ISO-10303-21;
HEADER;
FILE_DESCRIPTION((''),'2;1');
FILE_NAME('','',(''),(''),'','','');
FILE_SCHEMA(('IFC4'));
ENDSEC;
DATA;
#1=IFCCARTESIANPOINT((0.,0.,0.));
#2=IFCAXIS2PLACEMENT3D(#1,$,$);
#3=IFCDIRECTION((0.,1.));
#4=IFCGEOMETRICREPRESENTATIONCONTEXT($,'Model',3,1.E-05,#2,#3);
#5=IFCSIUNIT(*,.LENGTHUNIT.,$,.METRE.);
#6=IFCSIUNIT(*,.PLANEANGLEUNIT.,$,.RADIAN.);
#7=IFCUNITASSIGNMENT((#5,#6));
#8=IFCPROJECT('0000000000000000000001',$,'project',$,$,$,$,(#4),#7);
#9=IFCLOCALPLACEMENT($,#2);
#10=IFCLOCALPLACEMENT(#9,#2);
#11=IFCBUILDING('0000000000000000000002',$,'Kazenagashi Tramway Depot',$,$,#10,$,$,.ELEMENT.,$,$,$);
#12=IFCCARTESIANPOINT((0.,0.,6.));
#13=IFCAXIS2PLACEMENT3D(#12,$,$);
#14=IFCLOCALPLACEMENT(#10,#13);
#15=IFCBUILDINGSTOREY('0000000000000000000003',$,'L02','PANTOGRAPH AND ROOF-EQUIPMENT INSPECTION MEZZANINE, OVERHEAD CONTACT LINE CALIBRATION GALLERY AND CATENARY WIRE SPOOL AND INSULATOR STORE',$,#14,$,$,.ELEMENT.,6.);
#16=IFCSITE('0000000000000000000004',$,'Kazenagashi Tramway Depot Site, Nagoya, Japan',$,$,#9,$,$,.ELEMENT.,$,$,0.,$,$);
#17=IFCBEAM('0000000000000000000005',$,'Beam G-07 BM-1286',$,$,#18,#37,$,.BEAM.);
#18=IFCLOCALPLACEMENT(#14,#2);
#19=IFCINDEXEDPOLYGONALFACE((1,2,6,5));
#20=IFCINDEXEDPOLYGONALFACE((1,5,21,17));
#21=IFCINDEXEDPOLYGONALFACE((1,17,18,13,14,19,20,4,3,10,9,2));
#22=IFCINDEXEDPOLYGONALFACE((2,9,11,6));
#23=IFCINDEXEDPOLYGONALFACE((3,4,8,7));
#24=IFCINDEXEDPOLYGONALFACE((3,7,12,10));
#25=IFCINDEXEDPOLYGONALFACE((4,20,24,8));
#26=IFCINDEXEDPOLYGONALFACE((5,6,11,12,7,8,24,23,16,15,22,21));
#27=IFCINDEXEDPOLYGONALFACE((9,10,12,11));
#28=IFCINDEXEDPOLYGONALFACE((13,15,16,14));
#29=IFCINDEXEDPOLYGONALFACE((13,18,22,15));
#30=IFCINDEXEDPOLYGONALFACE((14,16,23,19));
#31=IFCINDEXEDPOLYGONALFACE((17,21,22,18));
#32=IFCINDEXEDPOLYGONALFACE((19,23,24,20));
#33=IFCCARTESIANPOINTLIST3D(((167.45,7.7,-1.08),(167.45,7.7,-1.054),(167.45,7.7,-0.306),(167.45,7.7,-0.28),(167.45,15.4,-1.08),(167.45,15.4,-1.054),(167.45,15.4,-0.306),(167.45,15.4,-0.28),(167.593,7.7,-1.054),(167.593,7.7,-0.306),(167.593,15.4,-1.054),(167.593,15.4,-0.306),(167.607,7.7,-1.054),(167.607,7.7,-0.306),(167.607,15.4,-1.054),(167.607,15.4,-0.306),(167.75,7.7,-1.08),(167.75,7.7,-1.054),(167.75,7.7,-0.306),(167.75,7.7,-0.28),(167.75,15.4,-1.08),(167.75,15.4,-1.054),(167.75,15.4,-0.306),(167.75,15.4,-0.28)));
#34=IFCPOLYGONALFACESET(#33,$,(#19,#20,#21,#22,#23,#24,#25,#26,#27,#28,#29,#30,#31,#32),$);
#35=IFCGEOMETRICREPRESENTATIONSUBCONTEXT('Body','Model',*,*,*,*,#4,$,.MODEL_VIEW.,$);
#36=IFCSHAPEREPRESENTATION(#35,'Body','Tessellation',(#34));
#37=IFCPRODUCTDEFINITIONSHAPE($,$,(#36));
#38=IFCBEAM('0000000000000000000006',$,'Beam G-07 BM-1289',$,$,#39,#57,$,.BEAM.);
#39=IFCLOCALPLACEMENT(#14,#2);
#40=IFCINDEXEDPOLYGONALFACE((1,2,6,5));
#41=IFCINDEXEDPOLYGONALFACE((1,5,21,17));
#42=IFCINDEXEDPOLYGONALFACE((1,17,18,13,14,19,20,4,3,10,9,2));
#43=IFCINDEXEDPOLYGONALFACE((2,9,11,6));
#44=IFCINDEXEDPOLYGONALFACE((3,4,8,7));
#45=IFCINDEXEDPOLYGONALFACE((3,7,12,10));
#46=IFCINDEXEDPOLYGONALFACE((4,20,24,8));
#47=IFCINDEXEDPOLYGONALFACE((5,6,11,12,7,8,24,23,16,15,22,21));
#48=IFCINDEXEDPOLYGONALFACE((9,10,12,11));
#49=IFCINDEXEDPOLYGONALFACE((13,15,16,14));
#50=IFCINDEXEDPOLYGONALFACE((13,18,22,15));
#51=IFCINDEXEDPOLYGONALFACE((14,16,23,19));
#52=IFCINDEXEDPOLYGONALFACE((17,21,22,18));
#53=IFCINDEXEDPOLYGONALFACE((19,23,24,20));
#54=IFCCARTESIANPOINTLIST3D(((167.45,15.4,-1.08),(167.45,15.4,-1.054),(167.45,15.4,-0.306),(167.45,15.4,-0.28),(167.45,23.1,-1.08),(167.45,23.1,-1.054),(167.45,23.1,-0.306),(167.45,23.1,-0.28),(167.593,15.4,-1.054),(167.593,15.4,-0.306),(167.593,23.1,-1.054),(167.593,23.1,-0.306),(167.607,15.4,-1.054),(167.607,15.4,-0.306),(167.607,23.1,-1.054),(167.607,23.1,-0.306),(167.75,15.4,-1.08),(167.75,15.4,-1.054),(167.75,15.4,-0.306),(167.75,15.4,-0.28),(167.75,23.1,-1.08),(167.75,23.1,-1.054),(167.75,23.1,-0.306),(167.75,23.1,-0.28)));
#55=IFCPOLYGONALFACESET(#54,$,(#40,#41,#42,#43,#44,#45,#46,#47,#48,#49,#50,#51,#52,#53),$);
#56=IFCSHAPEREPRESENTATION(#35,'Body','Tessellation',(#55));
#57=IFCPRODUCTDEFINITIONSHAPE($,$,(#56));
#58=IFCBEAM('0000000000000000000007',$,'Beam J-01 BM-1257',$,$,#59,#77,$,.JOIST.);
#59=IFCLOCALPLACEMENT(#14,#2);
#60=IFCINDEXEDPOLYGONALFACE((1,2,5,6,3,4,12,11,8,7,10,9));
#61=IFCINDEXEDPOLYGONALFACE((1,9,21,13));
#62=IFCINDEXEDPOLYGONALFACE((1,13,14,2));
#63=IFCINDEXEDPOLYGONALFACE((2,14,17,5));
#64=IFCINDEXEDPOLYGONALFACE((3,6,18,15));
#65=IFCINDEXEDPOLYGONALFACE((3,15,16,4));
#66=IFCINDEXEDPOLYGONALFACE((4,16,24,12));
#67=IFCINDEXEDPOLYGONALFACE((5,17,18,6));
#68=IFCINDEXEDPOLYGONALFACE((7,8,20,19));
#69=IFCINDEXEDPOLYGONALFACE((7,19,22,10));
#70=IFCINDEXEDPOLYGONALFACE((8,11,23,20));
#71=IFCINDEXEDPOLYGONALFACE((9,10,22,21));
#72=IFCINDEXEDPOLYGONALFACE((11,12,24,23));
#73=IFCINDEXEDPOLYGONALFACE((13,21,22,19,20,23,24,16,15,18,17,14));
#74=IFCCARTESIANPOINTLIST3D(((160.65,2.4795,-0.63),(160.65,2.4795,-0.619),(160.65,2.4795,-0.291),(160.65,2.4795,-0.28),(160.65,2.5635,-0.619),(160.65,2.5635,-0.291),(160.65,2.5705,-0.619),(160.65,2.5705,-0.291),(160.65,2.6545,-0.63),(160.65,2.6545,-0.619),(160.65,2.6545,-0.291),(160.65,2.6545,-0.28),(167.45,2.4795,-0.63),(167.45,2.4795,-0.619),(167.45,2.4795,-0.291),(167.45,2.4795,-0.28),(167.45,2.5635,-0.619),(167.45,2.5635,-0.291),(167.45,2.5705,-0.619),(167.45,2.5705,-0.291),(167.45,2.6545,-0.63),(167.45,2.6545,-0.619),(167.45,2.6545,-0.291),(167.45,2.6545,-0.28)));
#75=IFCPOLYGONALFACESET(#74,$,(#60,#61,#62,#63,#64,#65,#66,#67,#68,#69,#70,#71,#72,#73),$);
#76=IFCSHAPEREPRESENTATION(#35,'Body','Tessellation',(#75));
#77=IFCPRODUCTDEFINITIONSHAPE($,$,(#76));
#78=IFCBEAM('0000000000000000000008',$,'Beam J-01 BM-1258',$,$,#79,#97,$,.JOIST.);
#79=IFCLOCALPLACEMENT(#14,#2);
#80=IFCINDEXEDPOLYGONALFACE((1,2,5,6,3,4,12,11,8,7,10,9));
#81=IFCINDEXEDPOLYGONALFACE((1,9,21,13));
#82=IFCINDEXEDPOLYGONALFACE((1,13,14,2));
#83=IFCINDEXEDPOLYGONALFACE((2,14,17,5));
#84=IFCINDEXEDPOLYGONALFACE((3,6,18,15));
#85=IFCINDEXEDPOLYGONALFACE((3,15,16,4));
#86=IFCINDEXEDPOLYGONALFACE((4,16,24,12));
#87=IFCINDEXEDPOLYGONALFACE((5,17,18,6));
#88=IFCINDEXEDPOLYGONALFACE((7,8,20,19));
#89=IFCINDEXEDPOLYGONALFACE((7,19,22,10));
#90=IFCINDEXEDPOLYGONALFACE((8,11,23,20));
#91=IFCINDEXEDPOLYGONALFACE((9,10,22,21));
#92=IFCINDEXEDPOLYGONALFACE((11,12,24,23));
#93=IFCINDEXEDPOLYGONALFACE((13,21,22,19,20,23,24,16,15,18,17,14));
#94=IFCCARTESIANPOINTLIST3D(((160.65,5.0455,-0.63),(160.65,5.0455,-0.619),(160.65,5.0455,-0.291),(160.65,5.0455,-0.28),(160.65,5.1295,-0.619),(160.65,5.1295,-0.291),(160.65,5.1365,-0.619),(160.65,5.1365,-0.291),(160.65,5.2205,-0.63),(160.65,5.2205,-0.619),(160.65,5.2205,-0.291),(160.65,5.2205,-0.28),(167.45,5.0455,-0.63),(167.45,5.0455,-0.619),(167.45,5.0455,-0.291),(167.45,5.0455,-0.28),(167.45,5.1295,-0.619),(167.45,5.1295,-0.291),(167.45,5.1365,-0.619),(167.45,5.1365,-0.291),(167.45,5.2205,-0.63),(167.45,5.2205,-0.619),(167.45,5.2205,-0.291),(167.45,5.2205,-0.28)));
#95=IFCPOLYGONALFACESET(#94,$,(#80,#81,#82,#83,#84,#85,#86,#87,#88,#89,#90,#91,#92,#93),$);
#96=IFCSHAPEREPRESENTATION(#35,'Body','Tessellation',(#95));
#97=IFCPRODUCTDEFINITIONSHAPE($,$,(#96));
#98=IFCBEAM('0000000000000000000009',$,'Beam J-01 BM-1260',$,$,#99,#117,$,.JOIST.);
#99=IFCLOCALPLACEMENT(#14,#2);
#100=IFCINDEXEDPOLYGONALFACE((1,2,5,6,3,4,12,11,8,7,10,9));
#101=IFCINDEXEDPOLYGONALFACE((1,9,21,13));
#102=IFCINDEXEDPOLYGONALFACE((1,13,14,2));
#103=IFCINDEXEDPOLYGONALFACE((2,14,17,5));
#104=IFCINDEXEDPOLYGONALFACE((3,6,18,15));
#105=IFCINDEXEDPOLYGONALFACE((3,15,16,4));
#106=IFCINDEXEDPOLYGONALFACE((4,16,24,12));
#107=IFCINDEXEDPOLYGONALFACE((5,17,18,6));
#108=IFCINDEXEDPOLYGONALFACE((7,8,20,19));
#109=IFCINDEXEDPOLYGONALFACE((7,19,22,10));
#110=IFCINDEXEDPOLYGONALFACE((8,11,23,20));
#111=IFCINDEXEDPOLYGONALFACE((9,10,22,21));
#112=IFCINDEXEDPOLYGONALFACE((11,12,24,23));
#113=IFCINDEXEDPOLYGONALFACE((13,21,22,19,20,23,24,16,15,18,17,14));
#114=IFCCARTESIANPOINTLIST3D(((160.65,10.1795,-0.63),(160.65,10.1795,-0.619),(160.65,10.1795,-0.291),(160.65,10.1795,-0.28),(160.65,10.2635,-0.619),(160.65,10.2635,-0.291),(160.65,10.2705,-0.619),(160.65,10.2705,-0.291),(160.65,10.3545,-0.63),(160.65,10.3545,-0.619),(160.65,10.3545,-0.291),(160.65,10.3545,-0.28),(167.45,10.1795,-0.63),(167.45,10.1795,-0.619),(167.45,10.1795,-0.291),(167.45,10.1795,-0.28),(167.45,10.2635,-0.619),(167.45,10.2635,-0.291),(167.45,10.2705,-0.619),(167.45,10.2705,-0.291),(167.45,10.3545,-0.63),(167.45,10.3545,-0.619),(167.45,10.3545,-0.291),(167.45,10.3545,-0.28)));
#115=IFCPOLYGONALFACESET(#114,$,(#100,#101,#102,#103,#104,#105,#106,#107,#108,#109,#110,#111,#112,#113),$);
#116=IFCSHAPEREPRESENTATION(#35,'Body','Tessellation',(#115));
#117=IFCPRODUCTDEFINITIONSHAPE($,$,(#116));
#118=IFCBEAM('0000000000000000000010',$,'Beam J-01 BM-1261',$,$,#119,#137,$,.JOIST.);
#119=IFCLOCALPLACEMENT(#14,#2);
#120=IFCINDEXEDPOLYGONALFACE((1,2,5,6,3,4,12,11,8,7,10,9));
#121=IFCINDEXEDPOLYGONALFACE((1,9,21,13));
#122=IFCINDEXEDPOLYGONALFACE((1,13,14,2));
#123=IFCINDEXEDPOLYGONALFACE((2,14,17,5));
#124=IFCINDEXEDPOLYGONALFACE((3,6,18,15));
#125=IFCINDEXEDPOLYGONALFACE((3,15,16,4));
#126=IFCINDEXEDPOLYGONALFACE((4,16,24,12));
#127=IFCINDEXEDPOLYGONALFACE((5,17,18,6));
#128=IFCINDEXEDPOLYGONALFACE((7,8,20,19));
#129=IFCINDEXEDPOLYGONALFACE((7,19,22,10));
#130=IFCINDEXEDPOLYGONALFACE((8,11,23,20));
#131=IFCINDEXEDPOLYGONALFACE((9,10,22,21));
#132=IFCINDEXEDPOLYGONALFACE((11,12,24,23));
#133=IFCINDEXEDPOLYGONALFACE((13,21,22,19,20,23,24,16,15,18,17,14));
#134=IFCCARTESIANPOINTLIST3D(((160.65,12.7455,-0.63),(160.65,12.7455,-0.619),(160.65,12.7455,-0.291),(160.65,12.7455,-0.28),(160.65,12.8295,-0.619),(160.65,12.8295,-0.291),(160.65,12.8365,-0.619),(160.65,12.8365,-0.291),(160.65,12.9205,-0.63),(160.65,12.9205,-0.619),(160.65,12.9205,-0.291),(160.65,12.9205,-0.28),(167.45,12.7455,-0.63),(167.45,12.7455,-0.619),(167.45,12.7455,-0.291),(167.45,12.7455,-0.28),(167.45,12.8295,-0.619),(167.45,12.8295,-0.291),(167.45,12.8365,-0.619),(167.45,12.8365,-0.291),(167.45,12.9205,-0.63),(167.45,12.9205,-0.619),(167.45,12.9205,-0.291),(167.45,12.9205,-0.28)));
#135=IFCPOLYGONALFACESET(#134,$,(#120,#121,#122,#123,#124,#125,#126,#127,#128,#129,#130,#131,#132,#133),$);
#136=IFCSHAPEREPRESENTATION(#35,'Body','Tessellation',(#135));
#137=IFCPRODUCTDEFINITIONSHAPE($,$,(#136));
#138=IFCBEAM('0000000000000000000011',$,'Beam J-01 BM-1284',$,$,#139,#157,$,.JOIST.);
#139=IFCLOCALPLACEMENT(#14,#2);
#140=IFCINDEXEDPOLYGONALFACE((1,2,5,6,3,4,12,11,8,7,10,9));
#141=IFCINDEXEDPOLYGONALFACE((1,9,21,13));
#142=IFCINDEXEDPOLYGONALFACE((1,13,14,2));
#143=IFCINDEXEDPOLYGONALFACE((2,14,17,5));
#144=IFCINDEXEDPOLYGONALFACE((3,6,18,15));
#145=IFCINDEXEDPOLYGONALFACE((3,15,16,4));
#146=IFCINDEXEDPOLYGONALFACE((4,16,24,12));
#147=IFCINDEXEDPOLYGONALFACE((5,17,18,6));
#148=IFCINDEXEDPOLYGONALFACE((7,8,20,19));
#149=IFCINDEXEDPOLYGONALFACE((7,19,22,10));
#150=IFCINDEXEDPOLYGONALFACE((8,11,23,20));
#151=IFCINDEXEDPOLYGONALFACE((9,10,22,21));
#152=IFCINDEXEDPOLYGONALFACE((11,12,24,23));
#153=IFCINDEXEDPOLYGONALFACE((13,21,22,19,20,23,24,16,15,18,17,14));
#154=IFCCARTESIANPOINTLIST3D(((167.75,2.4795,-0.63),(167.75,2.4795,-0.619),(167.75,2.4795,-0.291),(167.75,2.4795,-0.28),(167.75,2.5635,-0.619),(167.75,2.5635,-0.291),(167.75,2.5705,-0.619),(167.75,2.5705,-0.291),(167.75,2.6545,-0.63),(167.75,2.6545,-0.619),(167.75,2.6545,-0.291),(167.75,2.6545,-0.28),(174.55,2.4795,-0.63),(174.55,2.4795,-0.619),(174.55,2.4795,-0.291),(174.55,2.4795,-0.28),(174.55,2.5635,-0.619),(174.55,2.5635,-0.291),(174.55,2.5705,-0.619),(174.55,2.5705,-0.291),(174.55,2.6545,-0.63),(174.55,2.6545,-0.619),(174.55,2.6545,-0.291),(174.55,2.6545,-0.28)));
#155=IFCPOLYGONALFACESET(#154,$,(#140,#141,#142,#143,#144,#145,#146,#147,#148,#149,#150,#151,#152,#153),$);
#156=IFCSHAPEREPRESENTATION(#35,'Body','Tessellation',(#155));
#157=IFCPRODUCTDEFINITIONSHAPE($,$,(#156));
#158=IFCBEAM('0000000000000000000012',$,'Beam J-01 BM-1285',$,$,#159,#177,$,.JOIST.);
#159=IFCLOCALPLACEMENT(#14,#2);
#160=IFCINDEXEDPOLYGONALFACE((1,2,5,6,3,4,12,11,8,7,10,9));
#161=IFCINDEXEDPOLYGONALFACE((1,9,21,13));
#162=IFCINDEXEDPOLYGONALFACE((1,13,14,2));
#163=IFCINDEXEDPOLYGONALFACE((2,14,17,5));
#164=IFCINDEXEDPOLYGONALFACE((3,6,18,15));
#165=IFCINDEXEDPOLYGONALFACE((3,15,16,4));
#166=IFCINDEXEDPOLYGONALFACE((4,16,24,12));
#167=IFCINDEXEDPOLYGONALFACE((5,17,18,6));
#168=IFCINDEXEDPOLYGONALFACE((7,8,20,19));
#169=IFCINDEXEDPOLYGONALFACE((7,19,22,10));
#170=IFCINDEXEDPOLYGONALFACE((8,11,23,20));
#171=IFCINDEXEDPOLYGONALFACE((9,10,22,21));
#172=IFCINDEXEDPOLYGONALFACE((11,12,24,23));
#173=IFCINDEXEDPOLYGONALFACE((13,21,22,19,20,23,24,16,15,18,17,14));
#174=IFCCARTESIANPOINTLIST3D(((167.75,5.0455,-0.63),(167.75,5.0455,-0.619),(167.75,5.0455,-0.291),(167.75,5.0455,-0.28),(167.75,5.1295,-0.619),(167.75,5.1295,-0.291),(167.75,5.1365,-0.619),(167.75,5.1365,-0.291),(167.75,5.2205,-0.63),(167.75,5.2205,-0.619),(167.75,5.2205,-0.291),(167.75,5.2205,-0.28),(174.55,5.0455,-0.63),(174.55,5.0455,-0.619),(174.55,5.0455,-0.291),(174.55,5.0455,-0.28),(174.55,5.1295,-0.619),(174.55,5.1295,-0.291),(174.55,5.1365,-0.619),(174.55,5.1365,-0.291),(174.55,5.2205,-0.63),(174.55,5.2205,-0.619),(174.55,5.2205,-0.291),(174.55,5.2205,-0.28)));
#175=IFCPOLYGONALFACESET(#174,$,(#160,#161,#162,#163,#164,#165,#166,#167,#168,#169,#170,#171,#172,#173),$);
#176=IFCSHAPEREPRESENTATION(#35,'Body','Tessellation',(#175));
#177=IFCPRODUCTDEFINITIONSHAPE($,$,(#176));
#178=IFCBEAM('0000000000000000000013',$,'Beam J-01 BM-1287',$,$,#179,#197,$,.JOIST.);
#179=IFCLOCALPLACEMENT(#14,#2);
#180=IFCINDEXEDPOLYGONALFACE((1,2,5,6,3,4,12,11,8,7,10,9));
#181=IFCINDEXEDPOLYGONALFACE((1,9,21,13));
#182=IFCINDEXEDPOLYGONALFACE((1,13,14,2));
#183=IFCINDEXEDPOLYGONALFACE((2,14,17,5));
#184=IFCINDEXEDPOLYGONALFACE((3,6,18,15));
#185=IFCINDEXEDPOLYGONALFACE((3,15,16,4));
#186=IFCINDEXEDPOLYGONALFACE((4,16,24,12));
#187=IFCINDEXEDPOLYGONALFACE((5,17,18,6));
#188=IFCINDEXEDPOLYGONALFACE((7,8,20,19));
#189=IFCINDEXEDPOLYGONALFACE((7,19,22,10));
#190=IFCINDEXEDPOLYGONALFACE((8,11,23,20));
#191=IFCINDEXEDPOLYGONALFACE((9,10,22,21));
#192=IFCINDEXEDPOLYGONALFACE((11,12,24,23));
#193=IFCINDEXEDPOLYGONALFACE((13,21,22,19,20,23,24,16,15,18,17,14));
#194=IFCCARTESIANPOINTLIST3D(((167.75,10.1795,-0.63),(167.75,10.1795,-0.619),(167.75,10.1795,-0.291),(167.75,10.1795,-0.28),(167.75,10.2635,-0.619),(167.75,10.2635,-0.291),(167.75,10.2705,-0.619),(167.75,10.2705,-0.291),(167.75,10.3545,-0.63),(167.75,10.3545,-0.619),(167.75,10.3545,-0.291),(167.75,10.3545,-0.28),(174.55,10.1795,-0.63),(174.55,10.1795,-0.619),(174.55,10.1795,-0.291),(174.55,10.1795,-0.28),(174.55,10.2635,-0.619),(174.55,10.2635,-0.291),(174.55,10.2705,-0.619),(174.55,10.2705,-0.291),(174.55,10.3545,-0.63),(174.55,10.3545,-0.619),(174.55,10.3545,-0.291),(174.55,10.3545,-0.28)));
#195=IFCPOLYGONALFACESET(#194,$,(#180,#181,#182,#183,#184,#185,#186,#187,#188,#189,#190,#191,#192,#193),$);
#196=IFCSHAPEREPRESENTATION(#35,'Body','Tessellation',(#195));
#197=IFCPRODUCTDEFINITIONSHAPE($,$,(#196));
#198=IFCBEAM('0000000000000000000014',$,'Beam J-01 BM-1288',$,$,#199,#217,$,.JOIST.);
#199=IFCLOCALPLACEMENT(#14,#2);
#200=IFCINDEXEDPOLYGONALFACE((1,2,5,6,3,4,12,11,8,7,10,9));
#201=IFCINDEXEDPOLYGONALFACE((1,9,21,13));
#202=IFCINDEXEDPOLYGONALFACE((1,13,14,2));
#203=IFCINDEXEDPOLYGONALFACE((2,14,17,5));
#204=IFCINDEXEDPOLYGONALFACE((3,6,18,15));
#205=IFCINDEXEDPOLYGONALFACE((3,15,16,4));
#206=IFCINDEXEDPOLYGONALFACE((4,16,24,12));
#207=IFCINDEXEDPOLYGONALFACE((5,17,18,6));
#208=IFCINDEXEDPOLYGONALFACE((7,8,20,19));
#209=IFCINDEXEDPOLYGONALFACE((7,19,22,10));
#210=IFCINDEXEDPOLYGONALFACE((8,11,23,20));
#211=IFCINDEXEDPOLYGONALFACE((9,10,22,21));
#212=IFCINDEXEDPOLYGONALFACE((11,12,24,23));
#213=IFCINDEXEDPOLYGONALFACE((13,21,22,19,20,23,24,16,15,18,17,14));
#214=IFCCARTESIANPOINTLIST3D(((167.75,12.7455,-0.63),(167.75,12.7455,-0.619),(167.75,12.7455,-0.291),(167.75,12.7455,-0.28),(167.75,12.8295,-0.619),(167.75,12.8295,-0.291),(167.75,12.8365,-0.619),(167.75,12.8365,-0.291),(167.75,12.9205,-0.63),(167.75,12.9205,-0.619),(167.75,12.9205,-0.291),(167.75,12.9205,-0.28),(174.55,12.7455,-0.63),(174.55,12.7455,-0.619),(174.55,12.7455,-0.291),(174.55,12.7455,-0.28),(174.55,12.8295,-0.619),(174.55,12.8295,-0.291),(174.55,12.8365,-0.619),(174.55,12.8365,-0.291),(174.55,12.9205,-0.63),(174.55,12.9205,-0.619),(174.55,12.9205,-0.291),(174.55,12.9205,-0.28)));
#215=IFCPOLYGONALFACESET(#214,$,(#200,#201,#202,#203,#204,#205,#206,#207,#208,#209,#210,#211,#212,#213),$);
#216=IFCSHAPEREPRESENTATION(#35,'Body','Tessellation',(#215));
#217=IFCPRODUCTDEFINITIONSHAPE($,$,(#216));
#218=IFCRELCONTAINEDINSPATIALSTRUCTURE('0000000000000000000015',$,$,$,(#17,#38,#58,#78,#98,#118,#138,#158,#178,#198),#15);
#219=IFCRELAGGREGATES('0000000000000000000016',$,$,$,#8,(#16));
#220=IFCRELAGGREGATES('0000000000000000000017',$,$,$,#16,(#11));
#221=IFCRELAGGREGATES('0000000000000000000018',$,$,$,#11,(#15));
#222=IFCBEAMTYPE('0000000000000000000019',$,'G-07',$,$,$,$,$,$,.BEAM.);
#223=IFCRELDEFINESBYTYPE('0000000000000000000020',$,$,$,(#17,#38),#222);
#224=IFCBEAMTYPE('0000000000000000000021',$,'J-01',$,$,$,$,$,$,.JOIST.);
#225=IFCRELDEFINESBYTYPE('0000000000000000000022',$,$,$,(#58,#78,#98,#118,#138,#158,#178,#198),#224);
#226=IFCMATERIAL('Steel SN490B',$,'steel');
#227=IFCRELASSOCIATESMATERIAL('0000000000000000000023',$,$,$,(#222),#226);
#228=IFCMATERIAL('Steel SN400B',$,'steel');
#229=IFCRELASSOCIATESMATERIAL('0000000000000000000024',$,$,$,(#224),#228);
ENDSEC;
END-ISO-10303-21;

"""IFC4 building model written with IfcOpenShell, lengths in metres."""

from ifc_helpers import new_model, si_unit, direction, frame, origin, origin_2d, place, context, subcontext, project, spatial, i_section, extrude, material, material_profile, profile_set, type_object, element, save


model = new_model("IFC4")

# Units and contexts
model_context = context("Model", 3, precision=1e-05, world=origin(), true_north=direction((0.0, 1.0)))
body_context = subcontext(model_context, "Body", "Model", "MODEL_VIEW")
ifc_project = project(units=[si_unit("LENGTHUNIT", "METRE"), si_unit("PLANEANGLEUNIT", "RADIAN")], contexts=[model_context])

# Site, building, storey
site_placement = place(None, origin())
site = spatial("IfcSite", under=ifc_project, at=site_placement, Name="Kazenagashi Tramway Depot Site, Nagoya, Japan", CompositionType="ELEMENT", RefElevation=0.0)
building_placement = place(site_placement, origin())
building = spatial("IfcBuilding", under=site, at=building_placement, Name="Kazenagashi Tramway Depot", CompositionType="ELEMENT")
storey_placement = place(building_placement, frame((0.0, 0.0, 6.0)))
storey = spatial("IfcBuildingStorey", under=building, at=storey_placement, Name="L02", Description="PANTOGRAPH AND ROOF-EQUIPMENT INSPECTION MEZZANINE, OVERHEAD CONTACT LINE CALIBRATION GALLERY AND CATENARY WIRE SPOOL AND INSULATOR STORE", CompositionType="ELEMENT", Elevation=6.0)

# Shared definitions
ifc_material_1 = material(Name="Steel SN490B", Category="steel")

# Beams
ifc_material_profile_1 = material_profile(ifc_material_1, i_section(OverallWidth=0.3, OverallDepth=0.8, WebThickness=0.014, FlangeThickness=0.026, at=origin_2d()), Name="H-800x300x14x26")
ifc_profile_set_1 = profile_set([ifc_material_profile_1], Name="Steel SN490B")
beam_type_1 = type_object("IfcBeamType", Name="G-07", PredefinedType="BEAM", material=ifc_profile_set_1)
for number, where, z_axis, x_axis, name in (
    (1, (167.6, 7.7, -0.68), (0.0, 1.0, 0.0), (-1.0, 0.0, 0.0), "Beam G-07 BM-1286"),
    (2, (167.6, 15.4, -0.68), (0.0, 1.0, 0.0), (-1.0, 0.0, 0.0), "Beam G-07 BM-1289"),
):
    element("IfcBeam", number, at=place(storey_placement, frame(where, z_axis=z_axis, x_axis=x_axis)), inside=storey, type_object=beam_type_1, Name=name, PredefinedType="BEAM", context=body_context, shape_type="SweptSolid", body=[
        extrude(i_section(OverallWidth=0.3, OverallDepth=0.8, WebThickness=0.014, FlangeThickness=0.026, at=origin_2d()), origin(), (0.0, 0.0, 1.0), 7.7),
    ])
ifc_material_2 = material(Name="Steel SN400B", Category="steel")
ifc_material_profile_2 = material_profile(ifc_material_2, i_section(OverallWidth=0.175, OverallDepth=0.35, WebThickness=0.007, FlangeThickness=0.011, at=origin_2d()), Name="H-350x175x7x11")
ifc_profile_set_2 = profile_set([ifc_material_profile_2], Name="Steel SN400B")
beam_type_2 = type_object("IfcBeamType", Name="J-01", PredefinedType="JOIST", material=ifc_profile_set_2)
for number, where, z_axis, x_axis, name in (
    (3, (160.65, 2.567, -0.455), (1.0, 0.0, 0.0), (0.0, 1.0, 0.0), "Beam J-01 BM-1257"),
    (4, (160.65, 5.133, -0.455), (1.0, 0.0, 0.0), (0.0, 1.0, 0.0), "Beam J-01 BM-1258"),
    (5, (160.65, 10.267, -0.455), (1.0, 0.0, 0.0), (0.0, 1.0, 0.0), "Beam J-01 BM-1260"),
    (6, (160.65, 12.833, -0.455), (1.0, 0.0, 0.0), (0.0, 1.0, 0.0), "Beam J-01 BM-1261"),
    (7, (167.75, 2.567, -0.455), (1.0, 0.0, 0.0), (0.0, 1.0, 0.0), "Beam J-01 BM-1284"),
    (8, (167.75, 5.133, -0.455), (1.0, 0.0, 0.0), (0.0, 1.0, 0.0), "Beam J-01 BM-1285"),
    (9, (167.75, 10.267, -0.455), (1.0, 0.0, 0.0), (0.0, 1.0, 0.0), "Beam J-01 BM-1287"),
    (10, (167.75, 12.833, -0.455), (1.0, 0.0, 0.0), (0.0, 1.0, 0.0), "Beam J-01 BM-1288"),
):
    element("IfcBeam", number, at=place(storey_placement, frame(where, z_axis=z_axis, x_axis=x_axis)), inside=storey, type_object=beam_type_2, Name=name, PredefinedType="JOIST", context=body_context, shape_type="SweptSolid", body=[
        extrude(i_section(OverallWidth=0.175, OverallDepth=0.35, WebThickness=0.007, FlangeThickness=0.011, at=origin_2d()), origin(), (0.0, 0.0, 1.0), 6.8),
    ])

save(model, "model.ifc")
